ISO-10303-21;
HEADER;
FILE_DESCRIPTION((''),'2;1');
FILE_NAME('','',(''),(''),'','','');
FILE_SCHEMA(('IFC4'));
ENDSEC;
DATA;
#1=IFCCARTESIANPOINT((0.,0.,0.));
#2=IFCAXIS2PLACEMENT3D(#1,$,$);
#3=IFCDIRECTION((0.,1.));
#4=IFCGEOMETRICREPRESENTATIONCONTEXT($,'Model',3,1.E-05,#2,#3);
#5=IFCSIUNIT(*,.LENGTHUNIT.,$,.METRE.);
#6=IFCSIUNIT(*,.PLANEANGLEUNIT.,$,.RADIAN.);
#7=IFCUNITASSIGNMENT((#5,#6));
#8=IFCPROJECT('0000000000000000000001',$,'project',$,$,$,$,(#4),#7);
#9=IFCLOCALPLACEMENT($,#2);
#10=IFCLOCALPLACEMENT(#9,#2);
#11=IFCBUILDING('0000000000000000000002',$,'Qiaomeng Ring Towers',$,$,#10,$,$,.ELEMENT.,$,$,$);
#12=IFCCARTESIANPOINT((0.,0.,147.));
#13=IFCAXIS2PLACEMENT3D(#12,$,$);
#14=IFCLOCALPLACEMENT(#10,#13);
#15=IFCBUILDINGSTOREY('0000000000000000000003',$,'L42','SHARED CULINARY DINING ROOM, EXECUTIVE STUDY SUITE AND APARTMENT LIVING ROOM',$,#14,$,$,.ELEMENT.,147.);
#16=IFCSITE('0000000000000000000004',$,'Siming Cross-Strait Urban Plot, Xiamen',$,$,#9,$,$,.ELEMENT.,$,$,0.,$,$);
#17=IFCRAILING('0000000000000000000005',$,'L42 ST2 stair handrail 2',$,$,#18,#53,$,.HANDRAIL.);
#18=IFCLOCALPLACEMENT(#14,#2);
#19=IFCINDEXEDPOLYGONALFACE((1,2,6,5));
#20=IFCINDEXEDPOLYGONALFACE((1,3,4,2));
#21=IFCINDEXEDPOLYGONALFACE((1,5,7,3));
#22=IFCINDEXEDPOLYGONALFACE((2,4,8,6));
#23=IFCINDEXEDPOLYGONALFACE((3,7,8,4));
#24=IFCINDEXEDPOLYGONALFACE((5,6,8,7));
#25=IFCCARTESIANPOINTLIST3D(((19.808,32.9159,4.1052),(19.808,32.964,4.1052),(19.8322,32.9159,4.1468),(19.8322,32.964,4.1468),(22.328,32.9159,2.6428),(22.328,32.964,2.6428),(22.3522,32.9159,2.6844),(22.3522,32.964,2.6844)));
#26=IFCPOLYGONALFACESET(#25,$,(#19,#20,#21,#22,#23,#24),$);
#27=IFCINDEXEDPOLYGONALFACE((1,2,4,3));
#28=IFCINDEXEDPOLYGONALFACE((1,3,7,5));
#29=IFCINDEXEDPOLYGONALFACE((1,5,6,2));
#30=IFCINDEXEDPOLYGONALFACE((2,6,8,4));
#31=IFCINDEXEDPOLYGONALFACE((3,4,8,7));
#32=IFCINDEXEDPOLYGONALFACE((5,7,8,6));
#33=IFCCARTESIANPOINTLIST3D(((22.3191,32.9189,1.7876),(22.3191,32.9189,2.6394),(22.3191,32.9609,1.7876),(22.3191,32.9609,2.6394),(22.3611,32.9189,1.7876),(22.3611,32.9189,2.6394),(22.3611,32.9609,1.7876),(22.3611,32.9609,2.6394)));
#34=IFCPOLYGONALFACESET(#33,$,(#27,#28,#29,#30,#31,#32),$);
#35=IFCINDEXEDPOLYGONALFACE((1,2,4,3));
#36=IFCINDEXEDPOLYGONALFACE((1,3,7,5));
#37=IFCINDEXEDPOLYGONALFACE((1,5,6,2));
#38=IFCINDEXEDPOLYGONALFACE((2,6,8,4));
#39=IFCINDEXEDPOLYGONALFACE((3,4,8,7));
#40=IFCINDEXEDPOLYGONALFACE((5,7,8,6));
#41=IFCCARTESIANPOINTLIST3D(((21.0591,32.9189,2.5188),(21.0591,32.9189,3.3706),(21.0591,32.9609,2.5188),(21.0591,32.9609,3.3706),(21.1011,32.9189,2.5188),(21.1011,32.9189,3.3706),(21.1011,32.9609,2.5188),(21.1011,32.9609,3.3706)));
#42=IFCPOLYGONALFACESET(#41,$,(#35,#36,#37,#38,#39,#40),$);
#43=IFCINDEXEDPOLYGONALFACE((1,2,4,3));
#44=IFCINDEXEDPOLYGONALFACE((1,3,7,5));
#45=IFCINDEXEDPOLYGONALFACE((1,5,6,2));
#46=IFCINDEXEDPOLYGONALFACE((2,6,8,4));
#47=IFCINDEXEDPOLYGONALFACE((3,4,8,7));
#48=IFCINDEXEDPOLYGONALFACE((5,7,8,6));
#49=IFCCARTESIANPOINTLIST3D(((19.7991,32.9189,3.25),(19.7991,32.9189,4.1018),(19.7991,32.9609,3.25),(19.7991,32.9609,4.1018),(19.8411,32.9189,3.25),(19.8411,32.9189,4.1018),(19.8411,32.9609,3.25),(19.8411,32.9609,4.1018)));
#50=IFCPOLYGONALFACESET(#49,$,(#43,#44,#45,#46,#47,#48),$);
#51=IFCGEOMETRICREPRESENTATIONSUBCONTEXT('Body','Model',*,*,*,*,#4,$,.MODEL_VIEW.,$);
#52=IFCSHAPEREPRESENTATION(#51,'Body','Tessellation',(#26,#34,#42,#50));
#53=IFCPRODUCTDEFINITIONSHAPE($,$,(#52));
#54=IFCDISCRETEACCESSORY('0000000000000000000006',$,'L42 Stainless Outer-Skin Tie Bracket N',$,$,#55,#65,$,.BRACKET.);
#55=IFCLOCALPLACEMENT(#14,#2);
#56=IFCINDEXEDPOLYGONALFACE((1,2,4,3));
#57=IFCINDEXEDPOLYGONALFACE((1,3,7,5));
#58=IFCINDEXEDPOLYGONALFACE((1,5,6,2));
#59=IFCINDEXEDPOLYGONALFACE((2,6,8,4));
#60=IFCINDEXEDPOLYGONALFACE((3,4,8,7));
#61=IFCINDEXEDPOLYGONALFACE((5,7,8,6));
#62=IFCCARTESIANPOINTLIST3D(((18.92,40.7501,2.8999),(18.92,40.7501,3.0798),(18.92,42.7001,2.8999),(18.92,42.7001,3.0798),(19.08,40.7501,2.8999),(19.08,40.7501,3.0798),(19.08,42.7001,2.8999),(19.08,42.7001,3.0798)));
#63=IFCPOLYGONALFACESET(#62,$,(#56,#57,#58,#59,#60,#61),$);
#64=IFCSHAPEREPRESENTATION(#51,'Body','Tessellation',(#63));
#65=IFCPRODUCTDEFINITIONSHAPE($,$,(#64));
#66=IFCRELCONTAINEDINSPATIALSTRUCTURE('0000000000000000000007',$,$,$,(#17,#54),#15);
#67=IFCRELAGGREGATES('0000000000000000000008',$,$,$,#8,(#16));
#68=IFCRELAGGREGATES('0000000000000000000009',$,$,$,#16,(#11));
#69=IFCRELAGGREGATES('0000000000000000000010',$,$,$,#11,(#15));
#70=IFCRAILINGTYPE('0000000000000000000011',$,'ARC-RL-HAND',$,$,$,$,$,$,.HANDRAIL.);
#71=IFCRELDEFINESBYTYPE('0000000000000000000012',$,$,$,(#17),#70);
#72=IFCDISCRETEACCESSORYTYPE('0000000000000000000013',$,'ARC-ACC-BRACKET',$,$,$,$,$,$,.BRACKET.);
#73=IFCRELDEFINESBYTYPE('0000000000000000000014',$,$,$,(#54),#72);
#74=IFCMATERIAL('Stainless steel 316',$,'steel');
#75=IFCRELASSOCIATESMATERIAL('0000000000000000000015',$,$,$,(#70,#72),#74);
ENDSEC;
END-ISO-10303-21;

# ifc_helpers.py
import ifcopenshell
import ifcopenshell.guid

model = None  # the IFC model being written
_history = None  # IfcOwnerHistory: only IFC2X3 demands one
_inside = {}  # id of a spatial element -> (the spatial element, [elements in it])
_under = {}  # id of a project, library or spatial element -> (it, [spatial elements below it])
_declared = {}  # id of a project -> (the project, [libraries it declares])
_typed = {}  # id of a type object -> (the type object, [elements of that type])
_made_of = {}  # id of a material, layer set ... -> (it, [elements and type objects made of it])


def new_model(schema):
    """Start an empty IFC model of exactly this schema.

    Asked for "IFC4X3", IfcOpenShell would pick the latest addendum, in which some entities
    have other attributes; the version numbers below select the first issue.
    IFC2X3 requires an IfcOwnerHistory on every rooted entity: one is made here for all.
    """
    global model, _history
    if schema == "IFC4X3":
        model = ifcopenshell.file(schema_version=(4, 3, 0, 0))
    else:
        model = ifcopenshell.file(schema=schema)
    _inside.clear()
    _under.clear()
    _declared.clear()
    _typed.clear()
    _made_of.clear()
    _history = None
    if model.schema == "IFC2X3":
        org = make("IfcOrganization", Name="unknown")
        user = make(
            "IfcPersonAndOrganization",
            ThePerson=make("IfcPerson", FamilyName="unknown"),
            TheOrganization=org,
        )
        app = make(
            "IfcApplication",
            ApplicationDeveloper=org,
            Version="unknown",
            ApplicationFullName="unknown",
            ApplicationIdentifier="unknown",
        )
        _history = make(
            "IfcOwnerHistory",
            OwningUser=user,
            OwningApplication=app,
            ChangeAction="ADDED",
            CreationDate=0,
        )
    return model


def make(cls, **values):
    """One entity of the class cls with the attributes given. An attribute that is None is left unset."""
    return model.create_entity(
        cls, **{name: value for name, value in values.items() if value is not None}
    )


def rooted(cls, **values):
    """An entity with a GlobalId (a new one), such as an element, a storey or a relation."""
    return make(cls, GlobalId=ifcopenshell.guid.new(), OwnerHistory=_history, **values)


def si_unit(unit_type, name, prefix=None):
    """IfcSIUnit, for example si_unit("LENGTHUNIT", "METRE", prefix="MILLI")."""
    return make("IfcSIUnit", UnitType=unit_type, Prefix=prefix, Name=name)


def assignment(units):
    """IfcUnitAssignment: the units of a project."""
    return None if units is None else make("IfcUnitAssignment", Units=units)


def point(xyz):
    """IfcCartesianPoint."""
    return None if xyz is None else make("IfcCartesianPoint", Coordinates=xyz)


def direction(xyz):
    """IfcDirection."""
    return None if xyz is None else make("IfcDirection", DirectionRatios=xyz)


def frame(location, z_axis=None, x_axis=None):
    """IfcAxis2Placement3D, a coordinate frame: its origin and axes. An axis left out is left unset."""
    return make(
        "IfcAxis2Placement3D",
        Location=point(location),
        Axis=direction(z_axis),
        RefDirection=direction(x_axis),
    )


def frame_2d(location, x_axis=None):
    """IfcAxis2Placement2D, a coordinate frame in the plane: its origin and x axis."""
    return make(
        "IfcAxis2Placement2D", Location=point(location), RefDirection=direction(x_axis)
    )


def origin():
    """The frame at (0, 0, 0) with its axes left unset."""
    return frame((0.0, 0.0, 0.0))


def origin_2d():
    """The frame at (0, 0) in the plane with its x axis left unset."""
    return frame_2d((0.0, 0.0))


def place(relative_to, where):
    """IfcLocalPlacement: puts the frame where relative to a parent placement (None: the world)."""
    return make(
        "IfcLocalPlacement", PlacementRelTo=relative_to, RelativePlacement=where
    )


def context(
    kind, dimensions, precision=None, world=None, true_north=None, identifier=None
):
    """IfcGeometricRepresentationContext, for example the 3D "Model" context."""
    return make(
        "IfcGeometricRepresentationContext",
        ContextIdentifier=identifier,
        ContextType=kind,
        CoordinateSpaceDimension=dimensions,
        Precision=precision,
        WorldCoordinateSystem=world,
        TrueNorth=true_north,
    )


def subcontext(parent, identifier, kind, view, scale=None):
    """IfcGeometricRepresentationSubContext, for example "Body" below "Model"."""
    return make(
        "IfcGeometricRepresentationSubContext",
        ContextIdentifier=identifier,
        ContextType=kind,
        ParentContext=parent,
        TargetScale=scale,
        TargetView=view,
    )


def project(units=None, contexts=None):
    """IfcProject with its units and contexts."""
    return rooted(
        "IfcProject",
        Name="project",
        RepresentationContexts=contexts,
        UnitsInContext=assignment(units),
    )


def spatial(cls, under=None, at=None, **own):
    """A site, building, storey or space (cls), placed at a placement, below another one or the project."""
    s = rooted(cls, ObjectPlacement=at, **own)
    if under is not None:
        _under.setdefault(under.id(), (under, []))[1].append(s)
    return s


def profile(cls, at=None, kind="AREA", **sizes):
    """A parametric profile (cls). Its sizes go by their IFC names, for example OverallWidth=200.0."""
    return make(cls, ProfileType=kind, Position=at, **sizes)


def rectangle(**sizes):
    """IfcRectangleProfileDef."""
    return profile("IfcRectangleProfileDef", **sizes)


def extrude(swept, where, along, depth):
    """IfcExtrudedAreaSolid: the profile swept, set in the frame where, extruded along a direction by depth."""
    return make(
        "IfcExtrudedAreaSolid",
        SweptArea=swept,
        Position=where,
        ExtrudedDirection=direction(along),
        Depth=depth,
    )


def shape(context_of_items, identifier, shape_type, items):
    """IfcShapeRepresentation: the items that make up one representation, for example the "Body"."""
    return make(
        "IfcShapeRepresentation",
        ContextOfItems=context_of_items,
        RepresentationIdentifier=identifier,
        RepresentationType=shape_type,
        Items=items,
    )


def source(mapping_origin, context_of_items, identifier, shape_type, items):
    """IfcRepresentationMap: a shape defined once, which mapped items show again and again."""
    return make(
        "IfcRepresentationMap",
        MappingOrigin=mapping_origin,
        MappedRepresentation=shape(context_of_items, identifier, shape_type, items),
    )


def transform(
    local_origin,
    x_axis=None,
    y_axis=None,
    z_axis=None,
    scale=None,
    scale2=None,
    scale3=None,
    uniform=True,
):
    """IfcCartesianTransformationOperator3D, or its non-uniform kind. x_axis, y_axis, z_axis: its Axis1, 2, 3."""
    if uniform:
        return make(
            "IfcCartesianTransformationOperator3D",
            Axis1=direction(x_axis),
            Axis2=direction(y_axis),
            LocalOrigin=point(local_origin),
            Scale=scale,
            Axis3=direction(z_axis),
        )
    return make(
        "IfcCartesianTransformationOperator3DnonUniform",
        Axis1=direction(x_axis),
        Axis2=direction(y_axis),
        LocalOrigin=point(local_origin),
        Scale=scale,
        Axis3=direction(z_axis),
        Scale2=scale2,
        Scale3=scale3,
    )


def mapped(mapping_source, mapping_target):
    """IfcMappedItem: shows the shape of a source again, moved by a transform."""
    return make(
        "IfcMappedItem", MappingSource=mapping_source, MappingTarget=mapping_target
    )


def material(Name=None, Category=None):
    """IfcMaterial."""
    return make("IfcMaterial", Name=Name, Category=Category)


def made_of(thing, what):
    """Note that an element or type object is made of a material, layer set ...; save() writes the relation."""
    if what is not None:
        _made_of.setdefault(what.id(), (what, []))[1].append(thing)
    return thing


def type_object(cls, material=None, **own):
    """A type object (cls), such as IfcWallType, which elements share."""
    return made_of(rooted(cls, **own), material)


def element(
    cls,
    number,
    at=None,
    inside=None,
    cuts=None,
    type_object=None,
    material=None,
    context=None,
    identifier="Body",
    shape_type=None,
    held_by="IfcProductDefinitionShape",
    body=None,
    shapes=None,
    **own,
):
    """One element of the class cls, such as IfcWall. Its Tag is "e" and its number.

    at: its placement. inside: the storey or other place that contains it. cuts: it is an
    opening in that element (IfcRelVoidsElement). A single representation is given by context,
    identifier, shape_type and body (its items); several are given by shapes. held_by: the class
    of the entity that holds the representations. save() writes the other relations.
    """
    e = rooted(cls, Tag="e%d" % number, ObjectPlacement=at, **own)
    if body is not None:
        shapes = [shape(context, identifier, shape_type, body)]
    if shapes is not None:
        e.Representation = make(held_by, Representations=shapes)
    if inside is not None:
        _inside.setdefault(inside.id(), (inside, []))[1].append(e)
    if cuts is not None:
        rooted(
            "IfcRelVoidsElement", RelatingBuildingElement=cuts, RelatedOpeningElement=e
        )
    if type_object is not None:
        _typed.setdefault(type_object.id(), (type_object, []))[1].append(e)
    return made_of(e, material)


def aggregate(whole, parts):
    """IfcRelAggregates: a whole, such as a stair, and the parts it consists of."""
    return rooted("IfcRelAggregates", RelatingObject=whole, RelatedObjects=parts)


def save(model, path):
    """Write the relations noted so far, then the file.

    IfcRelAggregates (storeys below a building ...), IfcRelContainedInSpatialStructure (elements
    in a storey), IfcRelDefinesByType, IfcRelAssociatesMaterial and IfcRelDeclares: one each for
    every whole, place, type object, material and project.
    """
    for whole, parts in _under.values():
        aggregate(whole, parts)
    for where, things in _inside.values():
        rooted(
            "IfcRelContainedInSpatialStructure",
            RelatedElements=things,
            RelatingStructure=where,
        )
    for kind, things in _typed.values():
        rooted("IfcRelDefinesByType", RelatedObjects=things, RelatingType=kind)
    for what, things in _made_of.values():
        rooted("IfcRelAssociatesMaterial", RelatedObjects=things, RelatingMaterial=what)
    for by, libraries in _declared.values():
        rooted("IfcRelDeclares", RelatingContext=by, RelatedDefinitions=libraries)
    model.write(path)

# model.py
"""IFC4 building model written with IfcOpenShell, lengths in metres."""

from ifc_helpers import new_model, si_unit, direction, frame, origin, origin_2d, place, context, subcontext, project, spatial, rectangle, extrude, source, transform, mapped, material, type_object, element, save


model = new_model("IFC4")

# Units and contexts
model_context = context("Model", 3, precision=1e-05, world=origin(), true_north=direction((0.0, 1.0)))
body_context = subcontext(model_context, "Body", "Model", "MODEL_VIEW")
ifc_project = project(units=[si_unit("LENGTHUNIT", "METRE"), si_unit("PLANEANGLEUNIT", "RADIAN")], contexts=[model_context])

# Site, building, storey
site_placement = place(None, origin())
site = spatial("IfcSite", under=ifc_project, at=site_placement, Name="Siming Cross-Strait Urban Plot, Xiamen", CompositionType="ELEMENT", RefElevation=0.0)
building_placement = place(site_placement, origin())
building = spatial("IfcBuilding", under=site, at=building_placement, Name="Qiaomeng Ring Towers", CompositionType="ELEMENT")
storey_placement = place(building_placement, frame((0.0, 0.0, 147.0)))
storey = spatial("IfcBuildingStorey", under=building, at=storey_placement, Name="L42", Description="SHARED CULINARY DINING ROOM, EXECUTIVE STUDY SUITE AND APARTMENT LIVING ROOM", CompositionType="ELEMENT", Elevation=147.0)

# Railing
ifc_material_1 = material(Name="Stainless steel 316", Category="steel")
railing_type_1 = type_object("IfcRailingType", Name="ARC-RL-HAND", PredefinedType="HANDRAIL", material=ifc_material_1)
railing_1_placement = place(storey_placement, frame((22.3401, 32.9399, 1.7876)))
element("IfcRailing", 1, at=railing_1_placement, inside=storey, type_object=railing_type_1, Name="L42 ST2 stair handrail 2", PredefinedType="HANDRAIL", context=body_context, shape_type="SweptSolid", body=[
    extrude(rectangle(XDim=0.0481, YDim=0.0481, at=origin_2d()), frame((0.0, 0.0, 0.876), z_axis=(-0.864913, 0.0, 0.501921), x_axis=(0.0, -1.0, 0.0)), (0.0, 0.0, 1.0), 2.9136),
    extrude(rectangle(XDim=0.042, YDim=0.042, at=origin_2d()), origin(), (0.0, 0.0, 1.0), 0.8518),
    extrude(rectangle(XDim=0.042, YDim=0.042, at=origin_2d()), frame((-1.26, 0.0, 0.7312)), (0.0, 0.0, 1.0), 0.8518),
    extrude(rectangle(XDim=0.042, YDim=0.042, at=origin_2d()), frame((-2.52, 0.0, 1.4624)), (0.0, 0.0, 1.0), 0.8518),
])

# Discrete accessory
discrete_accessory_type = type_object("IfcDiscreteAccessoryType", Name="ARC-ACC-BRACKET", PredefinedType="BRACKET", material=ifc_material_1)
shared_shape_1 = source(origin(), body_context, "Body", "SweptSolid", [
    extrude(rectangle(XDim=0.1599, YDim=1.95, at=origin_2d()), origin(), (0.0, 0.0, 1.0), 0.1799),
])
discrete_accessory_placement = place(storey_placement, frame((19.0, 41.7251, 2.8999), z_axis=(0.0, 0.0, 1.0), x_axis=(1.0, 0.0, 0.0)))
element("IfcDiscreteAccessory", 2, at=discrete_accessory_placement, inside=storey, type_object=discrete_accessory_type, Name="L42 Stainless Outer-Skin Tie Bracket N", PredefinedType="BRACKET", context=body_context, shape_type="MappedRepresentation", body=[
    mapped(shared_shape_1, transform((0.0, 0.0, 0.0), x_axis=(1.0, 0.0, 0.0), y_axis=(0.0, 1.0, 0.0), z_axis=(0.0, 0.0, 1.0), scale=1.0)),
])

save(model, "model.ifc")
